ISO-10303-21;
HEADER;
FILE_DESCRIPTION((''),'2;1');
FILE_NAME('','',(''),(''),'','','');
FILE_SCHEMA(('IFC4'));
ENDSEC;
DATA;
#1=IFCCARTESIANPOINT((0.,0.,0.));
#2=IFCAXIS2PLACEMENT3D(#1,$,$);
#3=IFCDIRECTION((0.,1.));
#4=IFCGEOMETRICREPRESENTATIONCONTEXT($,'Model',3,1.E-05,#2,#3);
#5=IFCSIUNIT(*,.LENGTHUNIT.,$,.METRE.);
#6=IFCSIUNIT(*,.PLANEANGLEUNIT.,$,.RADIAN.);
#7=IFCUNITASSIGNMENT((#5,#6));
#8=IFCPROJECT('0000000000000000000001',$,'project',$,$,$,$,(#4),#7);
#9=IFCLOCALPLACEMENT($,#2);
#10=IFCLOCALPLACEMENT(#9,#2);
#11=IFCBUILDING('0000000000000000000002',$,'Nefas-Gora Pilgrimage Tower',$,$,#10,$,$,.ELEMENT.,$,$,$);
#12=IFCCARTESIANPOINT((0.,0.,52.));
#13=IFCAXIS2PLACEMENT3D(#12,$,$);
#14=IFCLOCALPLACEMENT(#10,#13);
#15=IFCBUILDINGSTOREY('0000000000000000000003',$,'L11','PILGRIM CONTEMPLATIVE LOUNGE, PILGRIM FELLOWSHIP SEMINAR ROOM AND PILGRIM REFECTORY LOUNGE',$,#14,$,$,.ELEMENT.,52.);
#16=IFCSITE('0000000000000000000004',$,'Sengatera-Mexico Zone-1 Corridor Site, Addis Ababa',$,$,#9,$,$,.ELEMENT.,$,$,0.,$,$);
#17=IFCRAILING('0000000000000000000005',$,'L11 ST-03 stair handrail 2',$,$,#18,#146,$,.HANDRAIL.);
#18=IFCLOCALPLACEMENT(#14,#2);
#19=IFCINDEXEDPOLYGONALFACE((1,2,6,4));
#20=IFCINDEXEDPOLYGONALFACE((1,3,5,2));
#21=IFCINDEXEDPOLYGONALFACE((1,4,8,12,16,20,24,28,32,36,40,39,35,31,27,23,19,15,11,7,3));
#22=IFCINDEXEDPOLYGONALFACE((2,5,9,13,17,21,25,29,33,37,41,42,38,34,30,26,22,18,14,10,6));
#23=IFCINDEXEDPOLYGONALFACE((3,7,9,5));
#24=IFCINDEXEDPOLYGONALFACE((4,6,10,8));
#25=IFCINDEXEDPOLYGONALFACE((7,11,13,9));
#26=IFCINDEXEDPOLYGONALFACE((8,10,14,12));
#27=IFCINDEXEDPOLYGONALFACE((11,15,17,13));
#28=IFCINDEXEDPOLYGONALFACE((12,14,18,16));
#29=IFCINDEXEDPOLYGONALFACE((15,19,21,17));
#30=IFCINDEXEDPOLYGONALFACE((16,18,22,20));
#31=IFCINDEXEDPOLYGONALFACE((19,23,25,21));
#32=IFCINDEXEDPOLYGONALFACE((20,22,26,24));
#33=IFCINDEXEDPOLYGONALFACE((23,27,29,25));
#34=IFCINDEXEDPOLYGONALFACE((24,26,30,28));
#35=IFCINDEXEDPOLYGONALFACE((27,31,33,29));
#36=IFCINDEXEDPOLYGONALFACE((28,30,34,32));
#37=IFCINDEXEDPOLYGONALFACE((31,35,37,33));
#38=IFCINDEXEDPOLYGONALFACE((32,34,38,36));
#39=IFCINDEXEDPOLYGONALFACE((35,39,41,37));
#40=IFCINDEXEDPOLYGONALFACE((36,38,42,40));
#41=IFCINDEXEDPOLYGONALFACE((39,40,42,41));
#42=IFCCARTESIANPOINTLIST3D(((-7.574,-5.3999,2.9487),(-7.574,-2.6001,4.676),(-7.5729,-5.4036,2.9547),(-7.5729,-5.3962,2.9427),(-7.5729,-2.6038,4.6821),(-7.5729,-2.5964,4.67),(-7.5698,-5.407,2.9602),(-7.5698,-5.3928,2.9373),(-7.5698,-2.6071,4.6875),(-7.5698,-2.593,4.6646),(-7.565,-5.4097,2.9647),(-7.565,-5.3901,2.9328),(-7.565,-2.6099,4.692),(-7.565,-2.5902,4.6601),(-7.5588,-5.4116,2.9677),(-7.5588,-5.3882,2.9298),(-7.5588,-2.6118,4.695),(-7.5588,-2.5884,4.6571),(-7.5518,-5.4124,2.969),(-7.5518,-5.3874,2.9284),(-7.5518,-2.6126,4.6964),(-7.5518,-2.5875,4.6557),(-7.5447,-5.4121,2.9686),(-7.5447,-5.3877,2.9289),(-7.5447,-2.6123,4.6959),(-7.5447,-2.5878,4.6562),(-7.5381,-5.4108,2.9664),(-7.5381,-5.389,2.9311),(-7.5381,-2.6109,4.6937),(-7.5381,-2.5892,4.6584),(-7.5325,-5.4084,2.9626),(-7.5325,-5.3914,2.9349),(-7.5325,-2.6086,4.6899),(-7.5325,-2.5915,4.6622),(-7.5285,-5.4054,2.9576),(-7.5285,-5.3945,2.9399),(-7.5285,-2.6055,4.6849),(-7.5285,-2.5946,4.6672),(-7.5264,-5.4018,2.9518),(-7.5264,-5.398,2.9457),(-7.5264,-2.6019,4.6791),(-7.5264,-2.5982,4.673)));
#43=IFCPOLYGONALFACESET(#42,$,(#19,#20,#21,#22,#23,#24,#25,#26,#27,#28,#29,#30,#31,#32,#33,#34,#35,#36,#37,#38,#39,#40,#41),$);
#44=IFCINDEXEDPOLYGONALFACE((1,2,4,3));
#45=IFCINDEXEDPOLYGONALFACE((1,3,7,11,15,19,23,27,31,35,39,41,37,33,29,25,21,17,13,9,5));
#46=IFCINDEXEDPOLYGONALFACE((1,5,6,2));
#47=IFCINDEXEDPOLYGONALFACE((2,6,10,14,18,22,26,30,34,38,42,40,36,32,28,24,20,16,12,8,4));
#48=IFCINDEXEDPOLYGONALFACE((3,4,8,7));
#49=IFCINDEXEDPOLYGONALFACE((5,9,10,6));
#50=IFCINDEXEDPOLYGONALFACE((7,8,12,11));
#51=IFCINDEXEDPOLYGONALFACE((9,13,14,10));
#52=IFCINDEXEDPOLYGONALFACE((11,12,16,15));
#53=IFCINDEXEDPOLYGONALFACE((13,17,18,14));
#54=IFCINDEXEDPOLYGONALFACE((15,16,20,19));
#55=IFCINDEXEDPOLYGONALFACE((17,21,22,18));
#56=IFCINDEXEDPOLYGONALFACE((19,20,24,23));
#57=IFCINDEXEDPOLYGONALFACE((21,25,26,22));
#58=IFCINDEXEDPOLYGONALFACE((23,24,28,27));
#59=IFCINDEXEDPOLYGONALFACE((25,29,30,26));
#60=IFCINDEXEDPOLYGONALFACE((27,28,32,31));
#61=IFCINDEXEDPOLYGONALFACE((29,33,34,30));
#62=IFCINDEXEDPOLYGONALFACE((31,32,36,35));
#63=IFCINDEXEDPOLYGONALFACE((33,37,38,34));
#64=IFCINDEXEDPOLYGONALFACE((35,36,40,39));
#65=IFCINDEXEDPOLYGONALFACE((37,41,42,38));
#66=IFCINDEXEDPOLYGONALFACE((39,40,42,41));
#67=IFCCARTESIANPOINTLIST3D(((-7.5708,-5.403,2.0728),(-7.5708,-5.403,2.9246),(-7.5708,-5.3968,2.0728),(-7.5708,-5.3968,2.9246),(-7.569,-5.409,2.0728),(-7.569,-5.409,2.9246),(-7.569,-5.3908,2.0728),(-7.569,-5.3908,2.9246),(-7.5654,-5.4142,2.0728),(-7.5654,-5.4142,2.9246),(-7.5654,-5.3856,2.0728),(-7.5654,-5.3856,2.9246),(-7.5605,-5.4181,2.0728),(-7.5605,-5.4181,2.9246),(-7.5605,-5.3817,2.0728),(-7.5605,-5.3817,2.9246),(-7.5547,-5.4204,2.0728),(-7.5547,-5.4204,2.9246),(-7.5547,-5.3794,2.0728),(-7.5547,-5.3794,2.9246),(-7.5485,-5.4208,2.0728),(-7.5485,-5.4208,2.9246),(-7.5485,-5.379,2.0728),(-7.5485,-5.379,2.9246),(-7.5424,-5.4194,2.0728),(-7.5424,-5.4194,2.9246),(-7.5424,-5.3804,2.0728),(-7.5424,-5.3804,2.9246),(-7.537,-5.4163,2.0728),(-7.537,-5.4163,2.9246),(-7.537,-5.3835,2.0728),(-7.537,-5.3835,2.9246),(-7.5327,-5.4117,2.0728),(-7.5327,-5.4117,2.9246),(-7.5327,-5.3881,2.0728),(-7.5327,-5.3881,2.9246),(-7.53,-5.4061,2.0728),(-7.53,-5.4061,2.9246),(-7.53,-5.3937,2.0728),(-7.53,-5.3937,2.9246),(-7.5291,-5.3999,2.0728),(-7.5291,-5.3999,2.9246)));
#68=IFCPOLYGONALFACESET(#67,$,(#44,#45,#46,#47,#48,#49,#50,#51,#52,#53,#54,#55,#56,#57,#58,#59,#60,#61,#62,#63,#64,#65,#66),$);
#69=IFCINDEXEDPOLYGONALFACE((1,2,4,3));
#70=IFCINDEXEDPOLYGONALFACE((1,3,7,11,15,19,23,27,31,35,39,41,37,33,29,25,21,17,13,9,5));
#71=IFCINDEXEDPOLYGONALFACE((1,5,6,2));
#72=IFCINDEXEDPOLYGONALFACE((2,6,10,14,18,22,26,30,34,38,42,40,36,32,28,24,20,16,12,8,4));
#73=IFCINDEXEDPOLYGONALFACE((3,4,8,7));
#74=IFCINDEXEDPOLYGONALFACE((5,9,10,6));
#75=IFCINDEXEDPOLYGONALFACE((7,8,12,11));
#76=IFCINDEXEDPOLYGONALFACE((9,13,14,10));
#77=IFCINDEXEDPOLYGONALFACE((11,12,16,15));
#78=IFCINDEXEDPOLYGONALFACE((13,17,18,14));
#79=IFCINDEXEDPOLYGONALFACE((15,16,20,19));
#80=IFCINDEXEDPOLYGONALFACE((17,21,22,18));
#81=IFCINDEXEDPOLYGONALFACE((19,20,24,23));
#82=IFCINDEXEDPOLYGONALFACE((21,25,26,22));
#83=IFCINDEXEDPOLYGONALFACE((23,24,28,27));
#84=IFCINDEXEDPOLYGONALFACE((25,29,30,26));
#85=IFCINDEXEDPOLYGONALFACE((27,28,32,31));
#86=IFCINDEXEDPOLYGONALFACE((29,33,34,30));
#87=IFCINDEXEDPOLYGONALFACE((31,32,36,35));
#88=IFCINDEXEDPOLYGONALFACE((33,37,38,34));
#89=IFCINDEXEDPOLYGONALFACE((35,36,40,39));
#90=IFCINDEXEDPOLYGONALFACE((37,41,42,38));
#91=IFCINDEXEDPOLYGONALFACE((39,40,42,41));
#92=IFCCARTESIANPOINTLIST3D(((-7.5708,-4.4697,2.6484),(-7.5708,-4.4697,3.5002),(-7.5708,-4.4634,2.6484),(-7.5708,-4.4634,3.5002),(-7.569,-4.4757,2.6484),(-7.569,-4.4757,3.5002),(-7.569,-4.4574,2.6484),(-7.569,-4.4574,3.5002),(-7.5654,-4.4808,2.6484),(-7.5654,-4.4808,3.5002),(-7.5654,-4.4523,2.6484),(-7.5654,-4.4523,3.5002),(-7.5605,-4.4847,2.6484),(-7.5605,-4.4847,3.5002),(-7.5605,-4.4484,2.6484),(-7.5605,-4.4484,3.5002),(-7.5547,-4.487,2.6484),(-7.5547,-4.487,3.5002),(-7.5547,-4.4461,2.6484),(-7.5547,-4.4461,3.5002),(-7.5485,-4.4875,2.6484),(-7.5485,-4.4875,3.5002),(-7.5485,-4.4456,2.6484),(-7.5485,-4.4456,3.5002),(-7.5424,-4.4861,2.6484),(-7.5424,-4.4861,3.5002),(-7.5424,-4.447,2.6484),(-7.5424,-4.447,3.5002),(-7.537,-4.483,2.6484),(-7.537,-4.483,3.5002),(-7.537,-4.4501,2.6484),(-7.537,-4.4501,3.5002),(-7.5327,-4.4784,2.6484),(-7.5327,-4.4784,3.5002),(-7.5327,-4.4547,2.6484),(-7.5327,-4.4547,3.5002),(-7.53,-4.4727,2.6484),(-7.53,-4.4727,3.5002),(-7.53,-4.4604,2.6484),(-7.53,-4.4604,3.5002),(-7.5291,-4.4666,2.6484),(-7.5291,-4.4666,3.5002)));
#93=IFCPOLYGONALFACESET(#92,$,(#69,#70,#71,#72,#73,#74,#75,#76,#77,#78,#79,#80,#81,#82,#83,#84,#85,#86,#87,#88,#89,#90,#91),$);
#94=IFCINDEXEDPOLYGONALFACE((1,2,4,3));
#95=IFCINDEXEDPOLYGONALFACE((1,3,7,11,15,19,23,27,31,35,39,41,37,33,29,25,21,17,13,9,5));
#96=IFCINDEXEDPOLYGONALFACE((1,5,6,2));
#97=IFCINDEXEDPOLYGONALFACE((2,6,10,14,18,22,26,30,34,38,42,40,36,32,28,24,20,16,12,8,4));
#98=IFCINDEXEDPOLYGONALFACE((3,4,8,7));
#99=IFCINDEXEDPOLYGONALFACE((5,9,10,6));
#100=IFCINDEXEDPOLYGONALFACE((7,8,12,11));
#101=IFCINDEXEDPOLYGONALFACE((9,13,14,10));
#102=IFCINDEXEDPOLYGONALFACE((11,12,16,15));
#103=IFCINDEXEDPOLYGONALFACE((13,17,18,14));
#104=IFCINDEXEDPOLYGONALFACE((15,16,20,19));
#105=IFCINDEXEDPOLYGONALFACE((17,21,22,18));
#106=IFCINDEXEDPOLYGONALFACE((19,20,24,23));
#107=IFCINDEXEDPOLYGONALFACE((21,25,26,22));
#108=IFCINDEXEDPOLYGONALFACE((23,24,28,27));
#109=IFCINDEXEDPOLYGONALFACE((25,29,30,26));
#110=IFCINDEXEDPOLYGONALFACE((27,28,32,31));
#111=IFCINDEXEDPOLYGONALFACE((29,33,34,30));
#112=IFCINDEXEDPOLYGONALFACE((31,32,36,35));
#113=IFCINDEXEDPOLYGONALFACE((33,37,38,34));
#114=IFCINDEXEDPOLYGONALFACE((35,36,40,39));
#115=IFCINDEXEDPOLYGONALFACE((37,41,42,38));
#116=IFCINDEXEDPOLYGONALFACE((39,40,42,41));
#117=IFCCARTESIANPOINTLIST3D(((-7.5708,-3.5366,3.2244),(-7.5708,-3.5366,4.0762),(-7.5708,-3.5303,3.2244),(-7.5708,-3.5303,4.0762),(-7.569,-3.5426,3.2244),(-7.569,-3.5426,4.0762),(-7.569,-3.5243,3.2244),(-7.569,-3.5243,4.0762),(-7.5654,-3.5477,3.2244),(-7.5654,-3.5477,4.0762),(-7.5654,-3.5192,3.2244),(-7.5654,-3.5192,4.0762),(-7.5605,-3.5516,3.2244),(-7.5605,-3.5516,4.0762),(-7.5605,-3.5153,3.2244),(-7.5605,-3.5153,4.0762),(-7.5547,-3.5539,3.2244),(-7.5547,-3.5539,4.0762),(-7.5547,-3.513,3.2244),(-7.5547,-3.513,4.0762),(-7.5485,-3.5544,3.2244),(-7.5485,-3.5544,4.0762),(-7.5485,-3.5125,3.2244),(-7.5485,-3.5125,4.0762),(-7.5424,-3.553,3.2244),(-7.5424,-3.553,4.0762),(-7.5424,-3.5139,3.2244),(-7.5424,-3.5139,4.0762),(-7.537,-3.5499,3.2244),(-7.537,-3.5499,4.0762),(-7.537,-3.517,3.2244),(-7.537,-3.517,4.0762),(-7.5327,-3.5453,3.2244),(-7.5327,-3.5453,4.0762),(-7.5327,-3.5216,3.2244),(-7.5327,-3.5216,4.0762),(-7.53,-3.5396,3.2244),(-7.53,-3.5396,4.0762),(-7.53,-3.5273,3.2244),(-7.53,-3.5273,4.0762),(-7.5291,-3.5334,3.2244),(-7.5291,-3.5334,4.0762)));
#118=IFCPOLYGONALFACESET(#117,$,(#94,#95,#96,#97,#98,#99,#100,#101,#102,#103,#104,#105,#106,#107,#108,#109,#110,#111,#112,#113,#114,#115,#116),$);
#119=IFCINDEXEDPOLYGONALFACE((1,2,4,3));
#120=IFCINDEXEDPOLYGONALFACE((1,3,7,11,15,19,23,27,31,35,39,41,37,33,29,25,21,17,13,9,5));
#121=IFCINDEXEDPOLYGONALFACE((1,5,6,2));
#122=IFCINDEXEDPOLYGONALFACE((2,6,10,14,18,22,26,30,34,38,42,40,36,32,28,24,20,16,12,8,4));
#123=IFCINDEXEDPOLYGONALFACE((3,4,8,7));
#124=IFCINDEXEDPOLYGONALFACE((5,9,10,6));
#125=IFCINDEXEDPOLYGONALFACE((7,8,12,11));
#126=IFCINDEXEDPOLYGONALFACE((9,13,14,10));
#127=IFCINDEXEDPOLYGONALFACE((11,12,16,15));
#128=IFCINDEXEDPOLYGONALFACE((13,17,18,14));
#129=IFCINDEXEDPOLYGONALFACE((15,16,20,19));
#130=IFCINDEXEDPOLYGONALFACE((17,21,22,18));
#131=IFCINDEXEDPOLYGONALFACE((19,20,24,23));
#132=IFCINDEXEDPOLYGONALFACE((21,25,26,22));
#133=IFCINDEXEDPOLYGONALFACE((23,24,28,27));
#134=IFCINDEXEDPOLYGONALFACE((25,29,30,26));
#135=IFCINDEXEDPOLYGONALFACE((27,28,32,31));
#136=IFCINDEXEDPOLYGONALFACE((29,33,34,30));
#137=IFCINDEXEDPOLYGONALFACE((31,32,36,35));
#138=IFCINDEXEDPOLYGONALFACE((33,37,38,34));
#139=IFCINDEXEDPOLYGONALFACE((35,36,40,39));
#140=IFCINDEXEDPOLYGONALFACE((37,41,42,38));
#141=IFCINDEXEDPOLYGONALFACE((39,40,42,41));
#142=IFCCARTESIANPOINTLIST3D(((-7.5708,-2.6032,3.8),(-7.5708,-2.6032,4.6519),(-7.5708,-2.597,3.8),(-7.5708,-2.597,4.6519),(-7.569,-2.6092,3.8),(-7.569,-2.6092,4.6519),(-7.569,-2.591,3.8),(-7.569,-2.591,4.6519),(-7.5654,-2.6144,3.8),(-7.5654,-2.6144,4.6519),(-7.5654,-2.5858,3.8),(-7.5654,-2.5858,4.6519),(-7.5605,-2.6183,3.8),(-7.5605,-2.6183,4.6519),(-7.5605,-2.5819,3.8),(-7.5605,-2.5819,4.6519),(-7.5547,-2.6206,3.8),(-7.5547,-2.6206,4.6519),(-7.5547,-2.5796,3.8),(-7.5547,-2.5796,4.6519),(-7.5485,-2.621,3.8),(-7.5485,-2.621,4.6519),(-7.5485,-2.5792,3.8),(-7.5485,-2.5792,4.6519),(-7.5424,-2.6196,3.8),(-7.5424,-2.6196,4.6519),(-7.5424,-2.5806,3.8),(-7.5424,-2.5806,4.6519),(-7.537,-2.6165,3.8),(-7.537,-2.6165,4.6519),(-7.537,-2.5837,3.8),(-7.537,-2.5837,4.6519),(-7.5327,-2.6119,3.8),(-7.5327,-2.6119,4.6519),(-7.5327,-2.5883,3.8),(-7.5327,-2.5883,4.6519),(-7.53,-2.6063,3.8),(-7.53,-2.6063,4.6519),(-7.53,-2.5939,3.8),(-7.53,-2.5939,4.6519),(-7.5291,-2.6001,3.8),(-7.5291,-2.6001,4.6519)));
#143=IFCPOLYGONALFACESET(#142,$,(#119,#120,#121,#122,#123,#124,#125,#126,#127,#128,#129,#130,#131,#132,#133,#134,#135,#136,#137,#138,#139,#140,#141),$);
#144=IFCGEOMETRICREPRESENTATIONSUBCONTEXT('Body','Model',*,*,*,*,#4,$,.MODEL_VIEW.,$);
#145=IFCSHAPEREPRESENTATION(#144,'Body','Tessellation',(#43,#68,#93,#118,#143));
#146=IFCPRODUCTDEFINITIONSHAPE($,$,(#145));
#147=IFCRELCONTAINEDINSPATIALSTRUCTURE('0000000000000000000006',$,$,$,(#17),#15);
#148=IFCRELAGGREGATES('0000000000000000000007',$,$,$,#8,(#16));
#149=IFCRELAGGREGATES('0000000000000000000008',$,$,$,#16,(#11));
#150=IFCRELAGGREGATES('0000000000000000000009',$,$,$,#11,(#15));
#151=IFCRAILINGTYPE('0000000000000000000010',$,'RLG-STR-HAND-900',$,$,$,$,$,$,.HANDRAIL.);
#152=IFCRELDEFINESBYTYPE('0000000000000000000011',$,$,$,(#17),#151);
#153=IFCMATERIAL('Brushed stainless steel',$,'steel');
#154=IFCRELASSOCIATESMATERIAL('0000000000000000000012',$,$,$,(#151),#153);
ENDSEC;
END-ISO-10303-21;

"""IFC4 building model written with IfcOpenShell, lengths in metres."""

from ifc_helpers import new_model, si_unit, direction, frame, origin, origin_2d, place, context, subcontext, project, spatial, circle, extrude, material, type_object, element, save


model = new_model("IFC4")

# Units and contexts
model_context = context("Model", 3, precision=1e-05, world=origin(), true_north=direction((0.0, 1.0)))
body_context = subcontext(model_context, "Body", "Model", "MODEL_VIEW")
ifc_project = project(units=[si_unit("LENGTHUNIT", "METRE"), si_unit("PLANEANGLEUNIT", "RADIAN")], contexts=[model_context])

# Site, building, storey
site_placement = place(None, origin())
site = spatial("IfcSite", under=ifc_project, at=site_placement, Name="Sengatera-Mexico Zone-1 Corridor Site, Addis Ababa", CompositionType="ELEMENT", RefElevation=0.0)
building_placement = place(site_placement, origin())
building = spatial("IfcBuilding", under=site, at=building_placement, Name="Nefas-Gora Pilgrimage Tower", CompositionType="ELEMENT")
storey_placement = place(building_placement, frame((0.0, 0.0, 52.0)))
storey = spatial("IfcBuildingStorey", under=building, at=storey_placement, Name="L11", Description="PILGRIM CONTEMPLATIVE LOUNGE, PILGRIM FELLOWSHIP SEMINAR ROOM AND PILGRIM REFECTORY LOUNGE", CompositionType="ELEMENT", Elevation=52.0)

# Railing
ifc_material_1 = material(Name="Brushed stainless steel", Category="steel")
railing_type_1 = type_object("IfcRailingType", Name="RLG-STR-HAND-900", PredefinedType="HANDRAIL", material=ifc_material_1)
railing_1_placement = place(storey_placement, frame((-7.55, -5.3999, 2.0728)))
element("IfcRailing", 1, at=railing_1_placement, inside=storey, type_object=railing_type_1, Name="L11 ST-03 stair handrail 2", PredefinedType="HANDRAIL", context=body_context, shape_type="SweptSolid", body=[
    extrude(circle(Radius=0.0239, at=origin_2d()), frame((0.0, 0.0, 0.876), z_axis=(0.0, 0.851069, 0.525054), x_axis=(-1.0, 0.0, 0.0)), (0.0, 0.0, 1.0), 3.2898),
    extrude(circle(Radius=0.021, at=origin_2d()), origin(), (0.0, 0.0, 1.0), 0.8518),
    extrude(circle(Radius=0.021, at=origin_2d()), frame((0.0, 0.9333, 0.5757)), (0.0, 0.0, 1.0), 0.8518),
    extrude(circle(Radius=0.021, at=origin_2d()), frame((0.0, 1.8665, 1.1516)), (0.0, 0.0, 1.0), 0.8518),
    extrude(circle(Radius=0.021, at=origin_2d()), frame((0.0, 2.7998, 1.7273)), (0.0, 0.0, 1.0), 0.8518),
])

save(model, "model.ifc")
